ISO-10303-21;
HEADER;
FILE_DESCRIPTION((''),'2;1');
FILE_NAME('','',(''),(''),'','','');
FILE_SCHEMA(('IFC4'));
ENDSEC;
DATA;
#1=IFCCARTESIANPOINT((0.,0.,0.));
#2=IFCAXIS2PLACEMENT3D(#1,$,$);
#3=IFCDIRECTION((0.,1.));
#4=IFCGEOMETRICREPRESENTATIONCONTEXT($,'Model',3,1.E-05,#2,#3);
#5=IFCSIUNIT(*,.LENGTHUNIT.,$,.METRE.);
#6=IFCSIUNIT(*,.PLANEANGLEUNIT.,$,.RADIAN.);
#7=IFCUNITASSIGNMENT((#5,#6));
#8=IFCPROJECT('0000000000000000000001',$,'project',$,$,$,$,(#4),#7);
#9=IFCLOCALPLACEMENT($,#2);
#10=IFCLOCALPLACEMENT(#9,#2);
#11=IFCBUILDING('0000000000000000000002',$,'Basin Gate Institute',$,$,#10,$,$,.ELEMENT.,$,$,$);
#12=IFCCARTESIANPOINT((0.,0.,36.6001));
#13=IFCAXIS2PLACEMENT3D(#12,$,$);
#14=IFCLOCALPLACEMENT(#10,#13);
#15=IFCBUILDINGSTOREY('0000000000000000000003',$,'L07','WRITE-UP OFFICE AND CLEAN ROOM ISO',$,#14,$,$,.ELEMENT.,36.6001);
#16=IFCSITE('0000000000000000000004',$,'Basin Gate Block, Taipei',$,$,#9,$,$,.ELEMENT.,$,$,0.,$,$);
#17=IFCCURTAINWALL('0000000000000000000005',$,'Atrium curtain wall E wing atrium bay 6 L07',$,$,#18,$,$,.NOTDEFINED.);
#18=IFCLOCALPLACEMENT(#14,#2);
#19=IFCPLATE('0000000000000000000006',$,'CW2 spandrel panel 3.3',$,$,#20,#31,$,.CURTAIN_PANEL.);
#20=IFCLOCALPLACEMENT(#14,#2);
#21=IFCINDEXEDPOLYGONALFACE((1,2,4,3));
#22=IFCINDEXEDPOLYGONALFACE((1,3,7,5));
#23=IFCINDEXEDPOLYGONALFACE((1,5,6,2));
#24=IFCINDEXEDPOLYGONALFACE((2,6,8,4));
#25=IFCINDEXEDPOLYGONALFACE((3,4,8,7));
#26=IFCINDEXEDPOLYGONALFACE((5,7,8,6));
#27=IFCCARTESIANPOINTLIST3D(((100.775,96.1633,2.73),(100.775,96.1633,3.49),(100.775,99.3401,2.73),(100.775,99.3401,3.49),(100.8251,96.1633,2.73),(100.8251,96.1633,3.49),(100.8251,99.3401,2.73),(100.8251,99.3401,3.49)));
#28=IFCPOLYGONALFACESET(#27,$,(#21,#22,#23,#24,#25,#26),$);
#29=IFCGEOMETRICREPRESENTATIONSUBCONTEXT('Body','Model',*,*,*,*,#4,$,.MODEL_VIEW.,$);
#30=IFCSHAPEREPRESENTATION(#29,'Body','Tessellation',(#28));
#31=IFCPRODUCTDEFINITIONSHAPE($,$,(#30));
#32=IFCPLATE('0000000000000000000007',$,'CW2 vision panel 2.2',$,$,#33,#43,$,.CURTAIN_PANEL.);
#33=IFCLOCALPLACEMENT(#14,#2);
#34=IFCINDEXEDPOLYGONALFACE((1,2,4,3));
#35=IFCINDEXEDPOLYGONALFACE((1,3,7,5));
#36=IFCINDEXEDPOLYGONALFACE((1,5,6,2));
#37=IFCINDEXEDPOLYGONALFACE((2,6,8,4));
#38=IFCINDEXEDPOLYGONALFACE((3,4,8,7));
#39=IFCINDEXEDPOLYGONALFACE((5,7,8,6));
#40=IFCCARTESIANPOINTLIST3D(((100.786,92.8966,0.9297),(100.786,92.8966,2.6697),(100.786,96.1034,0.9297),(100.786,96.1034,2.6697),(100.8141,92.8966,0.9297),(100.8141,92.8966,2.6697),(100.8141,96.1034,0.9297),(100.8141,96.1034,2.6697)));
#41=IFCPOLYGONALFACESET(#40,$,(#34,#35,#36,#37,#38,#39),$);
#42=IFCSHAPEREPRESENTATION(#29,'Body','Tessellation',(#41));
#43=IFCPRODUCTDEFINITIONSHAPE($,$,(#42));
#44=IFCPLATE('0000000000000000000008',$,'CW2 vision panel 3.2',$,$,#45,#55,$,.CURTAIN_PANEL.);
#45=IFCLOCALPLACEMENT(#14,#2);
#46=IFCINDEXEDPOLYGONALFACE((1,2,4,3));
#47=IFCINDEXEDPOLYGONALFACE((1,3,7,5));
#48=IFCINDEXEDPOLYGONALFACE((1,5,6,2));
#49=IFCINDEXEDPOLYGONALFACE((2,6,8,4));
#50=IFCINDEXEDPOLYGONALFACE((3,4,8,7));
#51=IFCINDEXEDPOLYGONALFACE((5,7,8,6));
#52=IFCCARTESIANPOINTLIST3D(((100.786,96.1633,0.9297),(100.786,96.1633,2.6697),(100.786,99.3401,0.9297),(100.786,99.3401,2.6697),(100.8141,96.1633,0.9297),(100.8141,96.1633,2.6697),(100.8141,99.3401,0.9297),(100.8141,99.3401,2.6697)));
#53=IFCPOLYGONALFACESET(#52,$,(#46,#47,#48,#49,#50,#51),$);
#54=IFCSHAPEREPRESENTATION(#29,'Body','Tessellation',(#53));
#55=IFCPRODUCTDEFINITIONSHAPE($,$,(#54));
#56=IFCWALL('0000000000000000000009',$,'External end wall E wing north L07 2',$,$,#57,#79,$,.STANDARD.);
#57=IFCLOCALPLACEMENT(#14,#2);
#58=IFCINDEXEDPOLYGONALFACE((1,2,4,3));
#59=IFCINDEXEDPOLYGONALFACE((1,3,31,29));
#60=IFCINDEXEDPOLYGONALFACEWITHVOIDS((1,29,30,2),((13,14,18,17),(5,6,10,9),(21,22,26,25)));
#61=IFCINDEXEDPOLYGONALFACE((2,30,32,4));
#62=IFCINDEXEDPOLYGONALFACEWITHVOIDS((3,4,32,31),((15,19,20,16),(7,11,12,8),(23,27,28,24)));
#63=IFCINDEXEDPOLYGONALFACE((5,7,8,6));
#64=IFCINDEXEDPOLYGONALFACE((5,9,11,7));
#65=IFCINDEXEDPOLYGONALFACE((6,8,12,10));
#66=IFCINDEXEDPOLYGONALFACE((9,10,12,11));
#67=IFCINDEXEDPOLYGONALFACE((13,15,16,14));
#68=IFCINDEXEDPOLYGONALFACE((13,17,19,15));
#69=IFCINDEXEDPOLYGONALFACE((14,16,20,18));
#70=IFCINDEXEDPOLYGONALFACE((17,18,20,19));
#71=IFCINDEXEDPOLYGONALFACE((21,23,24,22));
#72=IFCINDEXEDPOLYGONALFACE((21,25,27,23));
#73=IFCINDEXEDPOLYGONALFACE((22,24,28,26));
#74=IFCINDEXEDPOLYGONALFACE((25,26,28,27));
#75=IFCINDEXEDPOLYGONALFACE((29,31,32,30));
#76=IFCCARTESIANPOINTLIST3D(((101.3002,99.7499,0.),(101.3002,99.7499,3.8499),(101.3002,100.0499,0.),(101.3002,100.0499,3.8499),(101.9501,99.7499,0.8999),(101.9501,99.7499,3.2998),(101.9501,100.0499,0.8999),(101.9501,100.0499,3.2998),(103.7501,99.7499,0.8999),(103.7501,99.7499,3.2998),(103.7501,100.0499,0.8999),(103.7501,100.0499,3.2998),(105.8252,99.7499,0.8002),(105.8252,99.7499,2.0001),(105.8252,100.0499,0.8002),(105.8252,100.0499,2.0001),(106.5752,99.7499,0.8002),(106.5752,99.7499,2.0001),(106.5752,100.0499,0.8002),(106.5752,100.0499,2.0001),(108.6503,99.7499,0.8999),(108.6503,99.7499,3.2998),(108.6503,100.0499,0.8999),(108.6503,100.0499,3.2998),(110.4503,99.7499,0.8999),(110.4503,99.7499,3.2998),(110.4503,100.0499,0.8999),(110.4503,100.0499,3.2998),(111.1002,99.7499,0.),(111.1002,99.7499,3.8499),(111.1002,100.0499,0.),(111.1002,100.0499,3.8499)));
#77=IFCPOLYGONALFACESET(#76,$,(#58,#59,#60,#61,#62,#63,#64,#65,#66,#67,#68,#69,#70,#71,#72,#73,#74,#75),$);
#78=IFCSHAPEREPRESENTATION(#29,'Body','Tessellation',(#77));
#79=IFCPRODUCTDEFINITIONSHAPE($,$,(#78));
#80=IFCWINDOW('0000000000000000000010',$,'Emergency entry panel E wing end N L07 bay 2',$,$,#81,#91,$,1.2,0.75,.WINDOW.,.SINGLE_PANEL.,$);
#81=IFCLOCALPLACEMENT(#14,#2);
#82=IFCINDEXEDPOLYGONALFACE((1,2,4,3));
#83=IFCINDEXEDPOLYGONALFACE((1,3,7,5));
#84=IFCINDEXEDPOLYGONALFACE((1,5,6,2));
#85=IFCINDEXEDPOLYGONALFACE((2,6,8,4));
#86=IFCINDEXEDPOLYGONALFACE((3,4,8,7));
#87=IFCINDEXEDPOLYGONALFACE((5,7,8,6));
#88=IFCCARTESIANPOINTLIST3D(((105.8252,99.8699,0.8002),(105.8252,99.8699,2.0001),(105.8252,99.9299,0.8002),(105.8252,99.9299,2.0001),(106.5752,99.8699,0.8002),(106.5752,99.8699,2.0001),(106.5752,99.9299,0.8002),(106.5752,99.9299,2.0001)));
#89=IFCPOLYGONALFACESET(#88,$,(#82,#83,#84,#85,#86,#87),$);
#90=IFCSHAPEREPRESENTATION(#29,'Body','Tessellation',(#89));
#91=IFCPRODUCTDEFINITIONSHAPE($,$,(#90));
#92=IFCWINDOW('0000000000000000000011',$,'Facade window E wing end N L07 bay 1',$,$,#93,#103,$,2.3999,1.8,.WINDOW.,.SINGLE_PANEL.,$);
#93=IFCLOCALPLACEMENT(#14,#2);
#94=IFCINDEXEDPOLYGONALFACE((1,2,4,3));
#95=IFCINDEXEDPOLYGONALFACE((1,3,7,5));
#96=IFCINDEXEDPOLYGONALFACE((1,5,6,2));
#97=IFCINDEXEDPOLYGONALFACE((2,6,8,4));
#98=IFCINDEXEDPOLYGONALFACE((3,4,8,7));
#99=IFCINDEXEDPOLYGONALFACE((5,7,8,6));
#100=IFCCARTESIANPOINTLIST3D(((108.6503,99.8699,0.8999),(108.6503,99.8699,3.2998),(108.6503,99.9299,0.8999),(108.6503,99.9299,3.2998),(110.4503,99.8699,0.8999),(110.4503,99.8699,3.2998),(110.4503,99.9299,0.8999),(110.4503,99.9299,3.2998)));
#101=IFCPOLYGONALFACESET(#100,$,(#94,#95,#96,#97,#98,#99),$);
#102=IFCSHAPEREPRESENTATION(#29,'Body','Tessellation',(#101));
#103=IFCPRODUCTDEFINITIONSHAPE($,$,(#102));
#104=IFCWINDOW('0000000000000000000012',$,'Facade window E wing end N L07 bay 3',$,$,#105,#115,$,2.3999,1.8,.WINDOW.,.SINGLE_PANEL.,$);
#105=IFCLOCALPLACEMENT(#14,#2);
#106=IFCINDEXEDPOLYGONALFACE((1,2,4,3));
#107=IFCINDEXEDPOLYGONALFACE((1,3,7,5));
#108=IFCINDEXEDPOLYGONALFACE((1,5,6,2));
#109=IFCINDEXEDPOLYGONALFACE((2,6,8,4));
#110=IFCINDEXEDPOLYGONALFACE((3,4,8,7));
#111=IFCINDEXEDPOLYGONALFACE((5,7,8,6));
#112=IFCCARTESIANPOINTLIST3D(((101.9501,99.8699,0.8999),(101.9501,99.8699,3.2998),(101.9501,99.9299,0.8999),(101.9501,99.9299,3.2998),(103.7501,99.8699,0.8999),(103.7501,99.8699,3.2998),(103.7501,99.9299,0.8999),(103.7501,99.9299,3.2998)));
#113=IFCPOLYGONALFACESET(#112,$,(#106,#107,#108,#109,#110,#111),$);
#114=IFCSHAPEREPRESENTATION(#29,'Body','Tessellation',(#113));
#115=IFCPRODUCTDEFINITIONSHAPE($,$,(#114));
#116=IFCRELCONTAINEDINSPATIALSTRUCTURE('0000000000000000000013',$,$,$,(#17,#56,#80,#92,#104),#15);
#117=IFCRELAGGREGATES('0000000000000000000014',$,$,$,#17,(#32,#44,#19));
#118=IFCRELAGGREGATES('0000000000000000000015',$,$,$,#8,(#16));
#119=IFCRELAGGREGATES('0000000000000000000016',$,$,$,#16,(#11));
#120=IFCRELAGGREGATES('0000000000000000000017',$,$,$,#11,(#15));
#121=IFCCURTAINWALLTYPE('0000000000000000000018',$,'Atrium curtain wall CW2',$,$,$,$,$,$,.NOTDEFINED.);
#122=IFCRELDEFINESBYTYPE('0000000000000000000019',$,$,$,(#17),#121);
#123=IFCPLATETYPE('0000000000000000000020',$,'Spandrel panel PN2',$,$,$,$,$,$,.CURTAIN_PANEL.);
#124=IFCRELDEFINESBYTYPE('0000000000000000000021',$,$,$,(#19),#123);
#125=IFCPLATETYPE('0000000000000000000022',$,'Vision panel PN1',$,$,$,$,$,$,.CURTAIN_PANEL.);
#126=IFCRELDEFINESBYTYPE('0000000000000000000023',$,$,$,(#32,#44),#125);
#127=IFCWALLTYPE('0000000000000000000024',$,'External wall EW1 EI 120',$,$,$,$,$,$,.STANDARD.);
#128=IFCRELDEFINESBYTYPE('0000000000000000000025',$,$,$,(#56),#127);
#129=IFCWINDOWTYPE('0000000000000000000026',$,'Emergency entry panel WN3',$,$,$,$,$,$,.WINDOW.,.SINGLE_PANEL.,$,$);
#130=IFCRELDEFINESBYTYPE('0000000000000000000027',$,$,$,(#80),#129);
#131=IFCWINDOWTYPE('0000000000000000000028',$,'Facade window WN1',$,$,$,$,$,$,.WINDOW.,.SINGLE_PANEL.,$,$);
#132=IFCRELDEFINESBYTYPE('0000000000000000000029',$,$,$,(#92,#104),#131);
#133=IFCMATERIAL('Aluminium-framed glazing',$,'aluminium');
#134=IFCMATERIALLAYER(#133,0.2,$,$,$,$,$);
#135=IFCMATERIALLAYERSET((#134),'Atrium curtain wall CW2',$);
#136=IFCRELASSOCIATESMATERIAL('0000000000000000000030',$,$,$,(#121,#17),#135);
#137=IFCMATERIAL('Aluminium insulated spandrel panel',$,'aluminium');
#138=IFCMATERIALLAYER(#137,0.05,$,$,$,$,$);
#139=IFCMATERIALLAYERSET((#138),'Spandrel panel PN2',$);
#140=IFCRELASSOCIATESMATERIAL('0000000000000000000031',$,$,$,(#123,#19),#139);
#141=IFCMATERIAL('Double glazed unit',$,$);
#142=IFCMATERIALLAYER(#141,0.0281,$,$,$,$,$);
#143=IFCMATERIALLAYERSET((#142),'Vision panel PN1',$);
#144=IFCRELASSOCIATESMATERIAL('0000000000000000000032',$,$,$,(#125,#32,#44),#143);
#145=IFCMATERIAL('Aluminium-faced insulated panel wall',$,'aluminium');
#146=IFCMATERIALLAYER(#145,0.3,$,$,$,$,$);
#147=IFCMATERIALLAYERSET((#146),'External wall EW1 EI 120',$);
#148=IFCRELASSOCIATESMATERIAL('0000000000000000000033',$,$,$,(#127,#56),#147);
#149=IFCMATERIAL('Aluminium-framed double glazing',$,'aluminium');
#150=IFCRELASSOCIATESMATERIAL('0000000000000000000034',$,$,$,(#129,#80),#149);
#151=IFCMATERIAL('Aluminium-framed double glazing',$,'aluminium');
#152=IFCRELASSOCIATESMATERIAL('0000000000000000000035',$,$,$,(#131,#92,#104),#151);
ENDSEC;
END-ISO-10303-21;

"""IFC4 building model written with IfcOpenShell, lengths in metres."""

from ifc_helpers import new_model, si_unit, direction, frame, frame_2d, origin, origin_2d, place, context, subcontext, project, spatial, rectangle, extrude, material, layer, layer_set, type_object, element, fill, aggregate, save


model = new_model("IFC4")

# Units and contexts
model_context = context("Model", 3, precision=1e-05, world=origin(), true_north=direction((0.0, 1.0)))
body_context = subcontext(model_context, "Body", "Model", "MODEL_VIEW")
ifc_project = project(units=[si_unit("LENGTHUNIT", "METRE"), si_unit("PLANEANGLEUNIT", "RADIAN")], contexts=[model_context])

# Site, building, storey
site_placement = place(None, origin())
site = spatial("IfcSite", under=ifc_project, at=site_placement, Name="Basin Gate Block, Taipei", CompositionType="ELEMENT", RefElevation=0.0)
building_placement = place(site_placement, origin())
building = spatial("IfcBuilding", under=site, at=building_placement, Name="Basin Gate Institute", CompositionType="ELEMENT")
storey_placement = place(building_placement, frame((0.0, 0.0, 36.6001)))
storey = spatial("IfcBuildingStorey", under=building, at=storey_placement, Name="L07", Description="WRITE-UP OFFICE AND CLEAN ROOM ISO", CompositionType="ELEMENT", Elevation=36.6001)

# Curtain wall
ifc_material_1 = material(Name="Aluminium-framed glazing", Category="aluminium")
ifc_layer_1 = layer(ifc_material_1, 0.2)
ifc_layer_set_1 = layer_set([ifc_layer_1], Name="Atrium curtain wall CW2")
curtain_wall_type = type_object("IfcCurtainWallType", Name="Atrium curtain wall CW2", PredefinedType="NOTDEFINED", material=ifc_layer_set_1)
curtain_wall_placement = place(storey_placement, origin())
curtain_wall = element("IfcCurtainWall", 1, at=curtain_wall_placement, inside=storey, type_object=curtain_wall_type, material=ifc_layer_set_1, Name="Atrium curtain wall E wing atrium bay 6 L07", PredefinedType="NOTDEFINED")

# Plates
ifc_material_2 = material(Name="Aluminium insulated spandrel panel", Category="aluminium")
ifc_layer_2 = layer(ifc_material_2, 0.05)
ifc_layer_set_2 = layer_set([ifc_layer_2], Name="Spandrel panel PN2")
plate_type_1 = type_object("IfcPlateType", Name="Spandrel panel PN2", PredefinedType="CURTAIN_PANEL", material=ifc_layer_set_2)
plate_1_placement = place(storey_placement, frame((100.8, 97.7517, 2.73), z_axis=(0.0, 0.0, 1.0), x_axis=(0.0, 1.0, 0.0)))
plate_1 = element("IfcPlate", 2, at=plate_1_placement, type_object=plate_type_1, material=ifc_layer_set_2, Name="CW2 spandrel panel 3.3", PredefinedType="CURTAIN_PANEL", context=body_context, shape_type="SweptSolid", body=[
    extrude(rectangle(XDim=3.1768, YDim=0.05, at=origin_2d()), origin(), (0.0, 0.0, 1.0), 0.76),
])
ifc_material_3 = material(Name="Double glazed unit")
ifc_layer_3 = layer(ifc_material_3, 0.0281)
ifc_layer_set_3 = layer_set([ifc_layer_3], Name="Vision panel PN1")
plate_type_2 = type_object("IfcPlateType", Name="Vision panel PN1", PredefinedType="CURTAIN_PANEL", material=ifc_layer_set_3)
plate_2_placement = place(storey_placement, frame((100.8, 94.5, 0.9297), z_axis=(0.0, 0.0, 1.0), x_axis=(0.0, 1.0, 0.0)))
plate_2 = element("IfcPlate", 3, at=plate_2_placement, type_object=plate_type_2, material=ifc_layer_set_3, Name="CW2 vision panel 2.2", PredefinedType="CURTAIN_PANEL", context=body_context, shape_type="SweptSolid", body=[
    extrude(rectangle(XDim=3.2068, YDim=0.0281, at=origin_2d()), origin(), (0.0, 0.0, 1.0), 1.74),
])
plate_3_placement = place(storey_placement, frame((100.8, 97.7517, 0.9297), z_axis=(0.0, 0.0, 1.0), x_axis=(0.0, 1.0, 0.0)))
plate_3 = element("IfcPlate", 4, at=plate_3_placement, type_object=plate_type_2, material=ifc_layer_set_3, Name="CW2 vision panel 3.2", PredefinedType="CURTAIN_PANEL", context=body_context, shape_type="SweptSolid", body=[
    extrude(rectangle(XDim=3.1768, YDim=0.0281, at=origin_2d()), origin(), (0.0, 0.0, 1.0), 1.74),
])
aggregate(curtain_wall, [plate_2, plate_3, plate_1])

# Wall, openings, windows
ifc_material_4 = material(Name="Aluminium-faced insulated panel wall", Category="aluminium")
ifc_layer_4 = layer(ifc_material_4, 0.3)
ifc_layer_set_4 = layer_set([ifc_layer_4], Name="External wall EW1 EI 120")
wall_type = type_object("IfcWallType", Name="External wall EW1 EI 120", PredefinedType="STANDARD", material=ifc_layer_set_4)
wall_placement = place(storey_placement, frame((111.1001, 99.8999, 0.0), z_axis=(0.0, 0.0, 1.0), x_axis=(-1.0, 0.0, 0.0)))
wall = element("IfcWall", 5, at=wall_placement, inside=storey, type_object=wall_type, material=ifc_layer_set_4, Name="External end wall E wing north L07 2", PredefinedType="STANDARD", context=body_context, shape_type="SweptSolid", body=[
    extrude(rectangle(XDim=9.8, YDim=0.3, at=frame_2d((4.8999, 0.0))), origin(), (0.0, 0.0, 1.0), 3.8499),
])
opening_1_placement = place(wall_placement, frame((0.6499, 0.0, 0.8999)))
opening_1 = element("IfcOpeningElement", 6, at=opening_1_placement, cuts=wall, PredefinedType="OPENING", context=body_context, shape_type="SweptSolid", body=[
    extrude(rectangle(XDim=1.8, YDim=2.3999, at=frame_2d((0.8999, 1.2))), frame((0.0, 0.1602, 0.0), z_axis=(0.0, -1.0, 0.0), x_axis=(1.0, 0.0, 0.0)), (0.0, 0.0, 1.0), 0.3201),
])
opening_2_placement = place(wall_placement, frame((4.5249, 0.0, 0.8)))
opening_2 = element("IfcOpeningElement", 7, at=opening_2_placement, cuts=wall, PredefinedType="OPENING", context=body_context, shape_type="SweptSolid", body=[
    extrude(rectangle(XDim=0.75, YDim=1.2, at=frame_2d((0.375, 0.6001))), frame((0.0, 0.1602, 0.0), z_axis=(0.0, -1.0, 0.0), x_axis=(1.0, 0.0, 0.0)), (0.0, 0.0, 1.0), 0.3201),
])
opening_3_placement = place(wall_placement, frame((7.3501, 0.0, 0.8999)))
opening_3 = element("IfcOpeningElement", 8, at=opening_3_placement, cuts=wall, PredefinedType="OPENING", context=body_context, shape_type="SweptSolid", body=[
    extrude(rectangle(XDim=1.8, YDim=2.3999, at=frame_2d((0.8999, 1.2))), frame((0.0, 0.1602, 0.0), z_axis=(0.0, -1.0, 0.0), x_axis=(1.0, 0.0, 0.0)), (0.0, 0.0, 1.0), 0.3201),
])
ifc_material_5 = material(Name="Aluminium-framed double glazing", Category="aluminium")
window_type_1 = type_object("IfcWindowType", Name="Emergency entry panel WN3", PartitioningType="SINGLE_PANEL", PredefinedType="WINDOW", material=ifc_material_5)
window_1_placement = place(opening_2_placement, origin())
window_1 = element("IfcWindow", 9, at=window_1_placement, inside=storey, type_object=window_type_1, material=ifc_material_5, Name="Emergency entry panel E wing end N L07 bay 2", OverallHeight=1.2, OverallWidth=0.75, PartitioningType="SINGLE_PANEL", PredefinedType="WINDOW", context=body_context, shape_type="SweptSolid", body=[
    extrude(rectangle(XDim=0.75, YDim=1.2, at=frame_2d((0.375, 0.6001))), frame((0.0, 0.03, 0.0), z_axis=(0.0, -1.0, 0.0), x_axis=(1.0, 0.0, 0.0)), (0.0, 0.0, 1.0), 0.0601),
])
fill(opening_2, window_1)
ifc_material_6 = material(Name="Aluminium-framed double glazing", Category="aluminium")
window_type_2 = type_object("IfcWindowType", Name="Facade window WN1", PartitioningType="SINGLE_PANEL", PredefinedType="WINDOW", material=ifc_material_6)
window_2_placement = place(opening_1_placement, origin())
window_2 = element("IfcWindow", 10, at=window_2_placement, inside=storey, type_object=window_type_2, material=ifc_material_6, Name="Facade window E wing end N L07 bay 1", OverallHeight=2.3999, OverallWidth=1.8, PartitioningType="SINGLE_PANEL", PredefinedType="WINDOW", context=body_context, shape_type="SweptSolid", body=[
    extrude(rectangle(XDim=1.8, YDim=2.3999, at=frame_2d((0.8999, 1.2))), frame((0.0, 0.03, 0.0), z_axis=(0.0, -1.0, 0.0), x_axis=(1.0, 0.0, 0.0)), (0.0, 0.0, 1.0), 0.0601),
])
fill(opening_1, window_2)
window_3_placement = place(opening_3_placement, origin())
window_3 = element("IfcWindow", 11, at=window_3_placement, inside=storey, type_object=window_type_2, material=ifc_material_6, Name="Facade window E wing end N L07 bay 3", OverallHeight=2.3999, OverallWidth=1.8, PartitioningType="SINGLE_PANEL", PredefinedType="WINDOW", context=body_context, shape_type="SweptSolid", body=[
    extrude(rectangle(XDim=1.8, YDim=2.3999, at=frame_2d((0.8999, 1.2))), frame((0.0, 0.03, 0.0), z_axis=(0.0, -1.0, 0.0), x_axis=(1.0, 0.0, 0.0)), (0.0, 0.0, 1.0), 0.0601),
])
fill(opening_3, window_3)

save(model, "model.ifc")
